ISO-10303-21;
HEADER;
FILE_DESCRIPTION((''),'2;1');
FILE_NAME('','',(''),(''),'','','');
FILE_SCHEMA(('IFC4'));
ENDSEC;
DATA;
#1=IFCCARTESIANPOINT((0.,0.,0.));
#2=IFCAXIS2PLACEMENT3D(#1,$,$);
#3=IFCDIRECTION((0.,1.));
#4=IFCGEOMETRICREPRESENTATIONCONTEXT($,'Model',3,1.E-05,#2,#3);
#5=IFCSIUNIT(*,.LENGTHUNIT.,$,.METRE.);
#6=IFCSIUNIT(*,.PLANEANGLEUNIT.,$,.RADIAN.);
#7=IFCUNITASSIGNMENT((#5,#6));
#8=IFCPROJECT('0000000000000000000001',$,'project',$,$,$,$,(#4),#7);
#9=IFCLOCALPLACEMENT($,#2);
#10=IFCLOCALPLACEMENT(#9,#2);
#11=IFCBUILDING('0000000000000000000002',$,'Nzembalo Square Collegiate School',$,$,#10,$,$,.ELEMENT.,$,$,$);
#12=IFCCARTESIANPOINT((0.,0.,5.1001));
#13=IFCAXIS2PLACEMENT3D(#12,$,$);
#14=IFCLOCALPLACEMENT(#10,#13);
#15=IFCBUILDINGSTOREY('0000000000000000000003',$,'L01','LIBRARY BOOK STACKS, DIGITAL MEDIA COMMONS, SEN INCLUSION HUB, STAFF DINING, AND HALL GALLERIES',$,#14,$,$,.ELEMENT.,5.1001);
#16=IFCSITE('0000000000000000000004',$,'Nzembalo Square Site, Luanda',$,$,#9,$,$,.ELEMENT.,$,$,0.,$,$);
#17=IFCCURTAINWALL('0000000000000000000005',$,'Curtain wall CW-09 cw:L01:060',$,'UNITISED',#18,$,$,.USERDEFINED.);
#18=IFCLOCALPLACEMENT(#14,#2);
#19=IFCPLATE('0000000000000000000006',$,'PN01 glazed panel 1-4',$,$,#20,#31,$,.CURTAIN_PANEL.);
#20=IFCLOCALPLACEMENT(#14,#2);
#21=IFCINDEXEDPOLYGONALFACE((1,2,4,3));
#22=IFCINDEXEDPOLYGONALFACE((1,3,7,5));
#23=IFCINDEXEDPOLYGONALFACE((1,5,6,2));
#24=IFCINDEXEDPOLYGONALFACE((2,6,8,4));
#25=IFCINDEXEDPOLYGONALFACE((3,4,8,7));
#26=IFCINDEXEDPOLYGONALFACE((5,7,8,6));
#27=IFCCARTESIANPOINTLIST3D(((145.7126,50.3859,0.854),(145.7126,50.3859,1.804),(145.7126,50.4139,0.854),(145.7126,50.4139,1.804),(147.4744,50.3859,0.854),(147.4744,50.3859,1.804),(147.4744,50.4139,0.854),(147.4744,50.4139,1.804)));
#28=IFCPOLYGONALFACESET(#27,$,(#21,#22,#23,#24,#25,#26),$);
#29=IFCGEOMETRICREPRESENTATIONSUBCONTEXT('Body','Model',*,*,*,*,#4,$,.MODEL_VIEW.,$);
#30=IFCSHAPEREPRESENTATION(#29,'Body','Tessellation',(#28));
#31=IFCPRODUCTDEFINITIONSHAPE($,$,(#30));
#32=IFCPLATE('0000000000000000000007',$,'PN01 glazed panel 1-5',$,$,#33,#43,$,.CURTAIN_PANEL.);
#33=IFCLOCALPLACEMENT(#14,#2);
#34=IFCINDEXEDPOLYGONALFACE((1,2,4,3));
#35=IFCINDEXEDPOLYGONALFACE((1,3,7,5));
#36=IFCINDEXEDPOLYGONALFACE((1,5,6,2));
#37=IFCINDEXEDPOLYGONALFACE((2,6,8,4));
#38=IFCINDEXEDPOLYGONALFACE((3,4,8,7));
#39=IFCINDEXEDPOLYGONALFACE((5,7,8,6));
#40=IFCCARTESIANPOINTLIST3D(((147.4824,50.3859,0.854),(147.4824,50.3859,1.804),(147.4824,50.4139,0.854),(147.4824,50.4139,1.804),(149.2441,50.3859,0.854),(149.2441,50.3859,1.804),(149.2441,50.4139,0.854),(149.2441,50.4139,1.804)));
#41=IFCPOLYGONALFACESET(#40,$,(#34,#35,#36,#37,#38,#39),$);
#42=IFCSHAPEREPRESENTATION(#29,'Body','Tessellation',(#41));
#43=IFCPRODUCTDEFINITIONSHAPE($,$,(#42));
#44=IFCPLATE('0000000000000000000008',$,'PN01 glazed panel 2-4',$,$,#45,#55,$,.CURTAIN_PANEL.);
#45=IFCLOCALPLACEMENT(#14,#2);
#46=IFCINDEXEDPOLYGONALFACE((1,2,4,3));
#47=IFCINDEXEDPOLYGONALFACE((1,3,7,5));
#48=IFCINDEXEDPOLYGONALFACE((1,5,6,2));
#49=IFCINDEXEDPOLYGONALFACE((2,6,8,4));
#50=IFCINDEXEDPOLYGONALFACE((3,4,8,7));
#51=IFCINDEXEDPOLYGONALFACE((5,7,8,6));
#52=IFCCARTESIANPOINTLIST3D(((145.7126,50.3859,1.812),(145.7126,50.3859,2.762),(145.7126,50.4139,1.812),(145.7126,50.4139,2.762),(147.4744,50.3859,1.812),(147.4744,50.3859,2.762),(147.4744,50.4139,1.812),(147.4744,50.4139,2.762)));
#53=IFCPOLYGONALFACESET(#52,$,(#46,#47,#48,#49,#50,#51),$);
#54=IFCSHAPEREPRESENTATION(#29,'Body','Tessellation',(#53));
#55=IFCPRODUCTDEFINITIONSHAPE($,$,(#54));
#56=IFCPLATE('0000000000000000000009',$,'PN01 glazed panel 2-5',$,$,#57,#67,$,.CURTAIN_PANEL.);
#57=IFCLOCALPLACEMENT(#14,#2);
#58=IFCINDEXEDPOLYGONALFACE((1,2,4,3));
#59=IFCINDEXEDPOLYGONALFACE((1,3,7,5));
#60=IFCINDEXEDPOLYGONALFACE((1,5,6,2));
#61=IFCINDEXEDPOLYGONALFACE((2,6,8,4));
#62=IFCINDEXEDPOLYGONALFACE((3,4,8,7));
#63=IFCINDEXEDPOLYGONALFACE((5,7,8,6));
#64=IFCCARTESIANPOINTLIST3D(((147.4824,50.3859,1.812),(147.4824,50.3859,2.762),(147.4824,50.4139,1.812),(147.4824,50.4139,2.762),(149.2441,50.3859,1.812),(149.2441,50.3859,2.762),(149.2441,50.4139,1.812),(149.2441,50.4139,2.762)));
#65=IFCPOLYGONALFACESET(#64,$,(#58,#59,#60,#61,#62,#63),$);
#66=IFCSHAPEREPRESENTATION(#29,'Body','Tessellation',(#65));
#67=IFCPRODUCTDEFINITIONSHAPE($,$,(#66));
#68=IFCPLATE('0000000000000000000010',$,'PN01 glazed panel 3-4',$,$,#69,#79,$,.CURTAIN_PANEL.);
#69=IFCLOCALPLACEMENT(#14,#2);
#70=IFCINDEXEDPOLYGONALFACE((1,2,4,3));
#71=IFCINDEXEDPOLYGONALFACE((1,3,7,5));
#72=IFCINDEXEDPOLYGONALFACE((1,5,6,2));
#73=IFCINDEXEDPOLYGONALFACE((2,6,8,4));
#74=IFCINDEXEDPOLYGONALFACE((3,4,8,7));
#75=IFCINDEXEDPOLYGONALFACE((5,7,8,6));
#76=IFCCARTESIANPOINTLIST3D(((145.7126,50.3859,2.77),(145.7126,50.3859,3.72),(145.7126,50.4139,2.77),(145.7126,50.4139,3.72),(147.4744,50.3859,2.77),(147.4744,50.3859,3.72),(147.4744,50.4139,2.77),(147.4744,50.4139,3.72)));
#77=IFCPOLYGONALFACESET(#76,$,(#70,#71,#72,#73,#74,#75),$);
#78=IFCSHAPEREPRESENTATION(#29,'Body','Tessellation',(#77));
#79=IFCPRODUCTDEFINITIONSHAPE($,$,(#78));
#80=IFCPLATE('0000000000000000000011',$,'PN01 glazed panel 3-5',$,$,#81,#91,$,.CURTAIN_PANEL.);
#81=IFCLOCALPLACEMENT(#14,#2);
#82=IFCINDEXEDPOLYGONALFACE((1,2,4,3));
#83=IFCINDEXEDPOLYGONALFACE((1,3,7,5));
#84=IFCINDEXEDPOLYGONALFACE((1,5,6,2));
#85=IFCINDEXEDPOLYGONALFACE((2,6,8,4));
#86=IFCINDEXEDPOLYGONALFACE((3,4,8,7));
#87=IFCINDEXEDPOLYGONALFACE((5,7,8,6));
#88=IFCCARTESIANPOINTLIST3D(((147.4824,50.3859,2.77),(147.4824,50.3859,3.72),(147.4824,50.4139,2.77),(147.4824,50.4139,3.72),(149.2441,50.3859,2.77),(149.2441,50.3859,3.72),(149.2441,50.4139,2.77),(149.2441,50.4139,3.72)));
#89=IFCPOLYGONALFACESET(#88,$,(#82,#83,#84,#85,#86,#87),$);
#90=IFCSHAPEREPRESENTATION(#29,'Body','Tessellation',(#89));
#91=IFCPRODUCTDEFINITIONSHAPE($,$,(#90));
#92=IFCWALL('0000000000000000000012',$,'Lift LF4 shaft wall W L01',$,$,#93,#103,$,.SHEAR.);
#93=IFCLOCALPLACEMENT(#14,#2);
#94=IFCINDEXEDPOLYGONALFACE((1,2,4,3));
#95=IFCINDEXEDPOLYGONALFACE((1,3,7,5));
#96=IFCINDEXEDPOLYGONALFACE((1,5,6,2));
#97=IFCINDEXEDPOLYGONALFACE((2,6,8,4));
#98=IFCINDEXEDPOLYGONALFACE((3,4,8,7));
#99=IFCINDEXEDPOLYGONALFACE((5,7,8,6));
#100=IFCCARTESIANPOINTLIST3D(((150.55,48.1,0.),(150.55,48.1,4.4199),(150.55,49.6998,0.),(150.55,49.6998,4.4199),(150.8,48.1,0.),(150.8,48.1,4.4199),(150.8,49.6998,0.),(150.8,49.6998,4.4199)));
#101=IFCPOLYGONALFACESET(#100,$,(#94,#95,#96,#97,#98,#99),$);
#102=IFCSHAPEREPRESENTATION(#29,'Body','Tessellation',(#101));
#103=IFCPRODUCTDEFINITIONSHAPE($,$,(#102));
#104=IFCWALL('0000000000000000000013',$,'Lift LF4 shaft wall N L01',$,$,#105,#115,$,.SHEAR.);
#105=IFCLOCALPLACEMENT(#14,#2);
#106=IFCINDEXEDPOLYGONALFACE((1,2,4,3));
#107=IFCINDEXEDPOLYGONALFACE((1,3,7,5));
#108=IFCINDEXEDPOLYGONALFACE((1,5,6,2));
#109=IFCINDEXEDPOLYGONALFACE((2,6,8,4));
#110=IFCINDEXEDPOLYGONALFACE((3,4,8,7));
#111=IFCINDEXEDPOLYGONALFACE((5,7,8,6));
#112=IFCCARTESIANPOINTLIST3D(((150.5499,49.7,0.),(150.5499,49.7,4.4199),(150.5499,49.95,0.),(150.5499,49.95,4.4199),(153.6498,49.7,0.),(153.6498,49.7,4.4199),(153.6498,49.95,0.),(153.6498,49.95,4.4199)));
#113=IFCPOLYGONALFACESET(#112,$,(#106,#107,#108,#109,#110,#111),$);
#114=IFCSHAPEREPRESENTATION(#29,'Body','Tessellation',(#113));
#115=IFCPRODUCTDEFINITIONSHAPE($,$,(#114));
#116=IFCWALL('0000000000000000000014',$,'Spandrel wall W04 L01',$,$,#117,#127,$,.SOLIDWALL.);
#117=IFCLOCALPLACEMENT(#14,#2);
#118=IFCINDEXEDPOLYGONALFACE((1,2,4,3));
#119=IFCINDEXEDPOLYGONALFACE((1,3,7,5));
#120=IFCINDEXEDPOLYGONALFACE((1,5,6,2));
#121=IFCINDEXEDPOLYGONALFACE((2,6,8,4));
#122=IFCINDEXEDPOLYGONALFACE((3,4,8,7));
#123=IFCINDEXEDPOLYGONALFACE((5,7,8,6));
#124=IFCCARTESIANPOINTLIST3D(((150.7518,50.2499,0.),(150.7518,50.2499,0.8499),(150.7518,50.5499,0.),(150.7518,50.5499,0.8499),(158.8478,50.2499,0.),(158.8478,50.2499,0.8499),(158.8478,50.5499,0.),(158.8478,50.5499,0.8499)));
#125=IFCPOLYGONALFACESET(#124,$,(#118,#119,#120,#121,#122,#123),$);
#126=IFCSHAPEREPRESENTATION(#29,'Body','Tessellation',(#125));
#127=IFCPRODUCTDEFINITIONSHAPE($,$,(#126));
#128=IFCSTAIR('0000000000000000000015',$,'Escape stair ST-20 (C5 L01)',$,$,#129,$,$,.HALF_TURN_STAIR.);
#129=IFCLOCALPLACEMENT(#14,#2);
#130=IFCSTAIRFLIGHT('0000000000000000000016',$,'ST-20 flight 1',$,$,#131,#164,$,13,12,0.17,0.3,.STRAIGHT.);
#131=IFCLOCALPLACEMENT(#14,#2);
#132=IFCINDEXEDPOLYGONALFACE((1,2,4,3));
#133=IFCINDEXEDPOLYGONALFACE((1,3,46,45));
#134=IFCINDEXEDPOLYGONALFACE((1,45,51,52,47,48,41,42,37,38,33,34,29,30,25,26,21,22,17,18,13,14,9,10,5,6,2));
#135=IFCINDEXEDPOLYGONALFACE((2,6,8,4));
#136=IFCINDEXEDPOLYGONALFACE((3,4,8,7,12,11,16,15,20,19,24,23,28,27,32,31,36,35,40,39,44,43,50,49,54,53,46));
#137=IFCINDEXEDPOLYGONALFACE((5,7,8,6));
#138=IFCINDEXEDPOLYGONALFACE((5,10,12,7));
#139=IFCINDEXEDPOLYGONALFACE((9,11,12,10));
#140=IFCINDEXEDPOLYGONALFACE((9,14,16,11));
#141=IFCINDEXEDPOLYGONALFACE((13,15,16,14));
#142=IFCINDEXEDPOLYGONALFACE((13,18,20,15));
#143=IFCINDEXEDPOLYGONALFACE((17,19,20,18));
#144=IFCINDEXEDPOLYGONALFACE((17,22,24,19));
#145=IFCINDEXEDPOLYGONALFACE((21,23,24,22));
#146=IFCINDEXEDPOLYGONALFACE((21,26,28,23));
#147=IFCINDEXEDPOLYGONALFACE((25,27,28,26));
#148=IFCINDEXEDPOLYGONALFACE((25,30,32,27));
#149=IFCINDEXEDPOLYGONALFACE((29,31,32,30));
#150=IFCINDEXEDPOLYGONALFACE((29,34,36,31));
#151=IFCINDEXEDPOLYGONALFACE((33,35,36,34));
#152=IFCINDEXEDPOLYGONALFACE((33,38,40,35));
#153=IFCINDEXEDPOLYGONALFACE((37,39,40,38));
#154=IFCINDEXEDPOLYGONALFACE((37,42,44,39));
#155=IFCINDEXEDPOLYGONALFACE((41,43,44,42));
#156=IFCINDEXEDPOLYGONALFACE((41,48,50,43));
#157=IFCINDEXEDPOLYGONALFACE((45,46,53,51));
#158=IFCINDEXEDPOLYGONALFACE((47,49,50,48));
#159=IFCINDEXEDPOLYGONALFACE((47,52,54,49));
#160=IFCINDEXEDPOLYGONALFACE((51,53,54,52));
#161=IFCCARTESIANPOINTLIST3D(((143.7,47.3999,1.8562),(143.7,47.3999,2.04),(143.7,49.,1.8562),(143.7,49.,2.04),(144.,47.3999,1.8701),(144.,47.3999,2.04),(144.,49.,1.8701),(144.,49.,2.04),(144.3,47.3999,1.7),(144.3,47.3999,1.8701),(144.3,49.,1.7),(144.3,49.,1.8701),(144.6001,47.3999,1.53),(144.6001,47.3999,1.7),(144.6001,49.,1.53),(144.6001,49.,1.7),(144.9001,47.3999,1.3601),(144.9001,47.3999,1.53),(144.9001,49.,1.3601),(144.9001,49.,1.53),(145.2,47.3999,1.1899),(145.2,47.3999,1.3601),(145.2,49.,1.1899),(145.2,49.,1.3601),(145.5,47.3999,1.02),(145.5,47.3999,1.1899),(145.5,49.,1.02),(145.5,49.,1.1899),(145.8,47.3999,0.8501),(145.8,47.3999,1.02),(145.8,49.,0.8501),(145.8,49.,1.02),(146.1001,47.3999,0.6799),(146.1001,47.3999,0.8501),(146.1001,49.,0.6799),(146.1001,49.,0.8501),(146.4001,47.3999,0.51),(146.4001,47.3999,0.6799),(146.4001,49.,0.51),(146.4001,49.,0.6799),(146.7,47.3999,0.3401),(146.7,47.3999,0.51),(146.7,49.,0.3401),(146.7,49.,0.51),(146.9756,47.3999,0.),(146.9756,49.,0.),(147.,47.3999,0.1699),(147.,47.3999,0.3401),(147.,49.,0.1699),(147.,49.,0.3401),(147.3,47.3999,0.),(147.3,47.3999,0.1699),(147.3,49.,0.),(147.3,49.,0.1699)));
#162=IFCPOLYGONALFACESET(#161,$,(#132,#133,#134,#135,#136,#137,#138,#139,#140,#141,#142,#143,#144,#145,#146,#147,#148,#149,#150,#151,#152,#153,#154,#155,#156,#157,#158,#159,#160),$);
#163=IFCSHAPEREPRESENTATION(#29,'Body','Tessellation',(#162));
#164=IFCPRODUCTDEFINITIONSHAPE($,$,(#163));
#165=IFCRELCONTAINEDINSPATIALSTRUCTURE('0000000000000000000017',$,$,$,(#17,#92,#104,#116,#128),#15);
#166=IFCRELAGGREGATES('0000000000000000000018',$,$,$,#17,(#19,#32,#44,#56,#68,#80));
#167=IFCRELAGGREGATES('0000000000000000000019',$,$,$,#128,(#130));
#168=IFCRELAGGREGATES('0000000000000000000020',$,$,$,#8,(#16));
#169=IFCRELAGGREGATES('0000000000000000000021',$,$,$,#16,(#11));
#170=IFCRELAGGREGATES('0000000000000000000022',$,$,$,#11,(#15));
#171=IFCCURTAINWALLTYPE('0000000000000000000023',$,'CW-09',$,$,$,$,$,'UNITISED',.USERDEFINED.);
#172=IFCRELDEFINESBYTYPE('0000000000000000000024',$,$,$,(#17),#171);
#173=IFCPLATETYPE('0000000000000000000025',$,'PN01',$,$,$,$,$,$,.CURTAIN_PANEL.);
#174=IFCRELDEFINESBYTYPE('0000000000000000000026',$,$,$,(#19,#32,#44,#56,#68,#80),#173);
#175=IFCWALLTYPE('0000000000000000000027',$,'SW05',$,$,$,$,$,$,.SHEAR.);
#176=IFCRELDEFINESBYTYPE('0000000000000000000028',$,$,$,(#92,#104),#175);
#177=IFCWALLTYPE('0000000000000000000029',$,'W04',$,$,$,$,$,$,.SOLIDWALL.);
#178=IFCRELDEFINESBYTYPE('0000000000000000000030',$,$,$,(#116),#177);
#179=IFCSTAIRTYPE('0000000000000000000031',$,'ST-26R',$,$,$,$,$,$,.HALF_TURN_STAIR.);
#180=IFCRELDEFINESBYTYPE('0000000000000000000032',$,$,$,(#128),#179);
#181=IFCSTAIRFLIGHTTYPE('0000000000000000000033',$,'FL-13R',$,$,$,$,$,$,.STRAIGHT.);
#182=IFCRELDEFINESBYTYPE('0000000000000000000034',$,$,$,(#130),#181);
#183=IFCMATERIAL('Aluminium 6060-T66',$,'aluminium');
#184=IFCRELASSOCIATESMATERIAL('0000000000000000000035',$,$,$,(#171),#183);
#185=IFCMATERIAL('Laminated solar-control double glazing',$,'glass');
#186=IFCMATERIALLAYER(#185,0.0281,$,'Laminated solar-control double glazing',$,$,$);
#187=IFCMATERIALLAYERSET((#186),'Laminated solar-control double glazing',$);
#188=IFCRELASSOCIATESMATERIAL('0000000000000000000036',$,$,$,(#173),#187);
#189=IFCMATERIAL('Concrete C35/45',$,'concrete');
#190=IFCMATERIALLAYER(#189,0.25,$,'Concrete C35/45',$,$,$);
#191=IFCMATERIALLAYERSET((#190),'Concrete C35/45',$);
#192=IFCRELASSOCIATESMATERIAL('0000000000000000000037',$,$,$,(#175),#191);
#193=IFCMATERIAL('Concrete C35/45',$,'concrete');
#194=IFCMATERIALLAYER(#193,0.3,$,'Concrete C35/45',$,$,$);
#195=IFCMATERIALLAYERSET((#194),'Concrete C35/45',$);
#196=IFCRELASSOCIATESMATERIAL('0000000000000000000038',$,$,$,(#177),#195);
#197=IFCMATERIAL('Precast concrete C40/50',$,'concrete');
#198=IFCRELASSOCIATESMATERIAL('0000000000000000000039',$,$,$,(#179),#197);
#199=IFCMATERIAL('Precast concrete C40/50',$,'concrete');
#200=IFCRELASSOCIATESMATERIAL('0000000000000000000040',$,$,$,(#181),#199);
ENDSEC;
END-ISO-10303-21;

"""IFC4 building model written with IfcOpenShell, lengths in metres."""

from ifc_helpers import new_model, si_unit, direction, frame, frame_2d, origin, origin_2d, place, context, subcontext, project, spatial, polyline, rectangle, outline, extrude, material, layer, layer_set, type_object, element, aggregate, save


model = new_model("IFC4")

# Units and contexts
model_context = context("Model", 3, precision=1e-05, world=origin(), true_north=direction((0.0, 1.0)))
body_context = subcontext(model_context, "Body", "Model", "MODEL_VIEW")
ifc_project = project(units=[si_unit("LENGTHUNIT", "METRE"), si_unit("PLANEANGLEUNIT", "RADIAN")], contexts=[model_context])

# Site, building, storey
site_placement = place(None, origin())
site = spatial("IfcSite", under=ifc_project, at=site_placement, Name="Nzembalo Square Site, Luanda", CompositionType="ELEMENT", RefElevation=0.0)
building_placement = place(site_placement, origin())
building = spatial("IfcBuilding", under=site, at=building_placement, Name="Nzembalo Square Collegiate School", CompositionType="ELEMENT")
storey_placement = place(building_placement, frame((0.0, 0.0, 5.1001)))
storey = spatial("IfcBuildingStorey", under=building, at=storey_placement, Name="L01", Description="LIBRARY BOOK STACKS, DIGITAL MEDIA COMMONS, SEN INCLUSION HUB, STAFF DINING, AND HALL GALLERIES", CompositionType="ELEMENT", Elevation=5.1001)

# Curtain wall
ifc_material_1 = material(Name="Aluminium 6060-T66", Category="aluminium")
curtain_wall_type_1 = type_object("IfcCurtainWallType", Name="CW-09", ElementType="UNITISED", PredefinedType="USERDEFINED", material=ifc_material_1)
curtain_wall_1_placement = place(storey_placement, origin())
curtain_wall_1 = element("IfcCurtainWall", 1, at=curtain_wall_1_placement, inside=storey, type_object=curtain_wall_type_1, Name="Curtain wall CW-09 cw:L01:060", ObjectType="UNITISED", PredefinedType="USERDEFINED")

# Plates
ifc_material_2 = material(Name="Laminated solar-control double glazing", Category="glass")
ifc_layer_1 = layer(ifc_material_2, 0.0281, Name="Laminated solar-control double glazing")
ifc_layer_set_1 = layer_set([ifc_layer_1], Name="Laminated solar-control double glazing")
plate_type = type_object("IfcPlateType", Name="PN01", PredefinedType="CURTAIN_PANEL", material=ifc_layer_set_1)
plate_1_placement = place(storey_placement, frame((146.5935, 50.3999, 0.854), z_axis=(0.0, 0.0, 1.0), x_axis=(1.0, 0.0, 0.0)))
plate_1 = element("IfcPlate", 2, at=plate_1_placement, type_object=plate_type, Name="PN01 glazed panel 1-4", PredefinedType="CURTAIN_PANEL", context=body_context, shape_type="SweptSolid", body=[
    extrude(rectangle(XDim=1.7617, YDim=0.0281, at=origin_2d()), origin(), (0.0, 0.0, 1.0), 0.95),
])
plate_2_placement = place(storey_placement, frame((148.3633, 50.3999, 0.854), z_axis=(0.0, 0.0, 1.0), x_axis=(1.0, 0.0, 0.0)))
plate_2 = element("IfcPlate", 3, at=plate_2_placement, type_object=plate_type, Name="PN01 glazed panel 1-5", PredefinedType="CURTAIN_PANEL", context=body_context, shape_type="SweptSolid", body=[
    extrude(rectangle(XDim=1.7617, YDim=0.0281, at=origin_2d()), origin(), (0.0, 0.0, 1.0), 0.95),
])
plate_3_placement = place(storey_placement, frame((146.5935, 50.3999, 1.812), z_axis=(0.0, 0.0, 1.0), x_axis=(1.0, 0.0, 0.0)))
plate_3 = element("IfcPlate", 4, at=plate_3_placement, type_object=plate_type, Name="PN01 glazed panel 2-4", PredefinedType="CURTAIN_PANEL", context=body_context, shape_type="SweptSolid", body=[
    extrude(rectangle(XDim=1.7617, YDim=0.0281, at=origin_2d()), origin(), (0.0, 0.0, 1.0), 0.95),
])
plate_4_placement = place(storey_placement, frame((148.3633, 50.3999, 1.812), z_axis=(0.0, 0.0, 1.0), x_axis=(1.0, 0.0, 0.0)))
plate_4 = element("IfcPlate", 5, at=plate_4_placement, type_object=plate_type, Name="PN01 glazed panel 2-5", PredefinedType="CURTAIN_PANEL", context=body_context, shape_type="SweptSolid", body=[
    extrude(rectangle(XDim=1.7617, YDim=0.0281, at=origin_2d()), origin(), (0.0, 0.0, 1.0), 0.95),
])
plate_5_placement = place(storey_placement, frame((146.5935, 50.3999, 2.77), z_axis=(0.0, 0.0, 1.0), x_axis=(1.0, 0.0, 0.0)))
plate_5 = element("IfcPlate", 6, at=plate_5_placement, type_object=plate_type, Name="PN01 glazed panel 3-4", PredefinedType="CURTAIN_PANEL", context=body_context, shape_type="SweptSolid", body=[
    extrude(rectangle(XDim=1.7617, YDim=0.0281, at=origin_2d()), origin(), (0.0, 0.0, 1.0), 0.95),
])
plate_6_placement = place(storey_placement, frame((148.3633, 50.3999, 2.77), z_axis=(0.0, 0.0, 1.0), x_axis=(1.0, 0.0, 0.0)))
plate_6 = element("IfcPlate", 7, at=plate_6_placement, type_object=plate_type, Name="PN01 glazed panel 3-5", PredefinedType="CURTAIN_PANEL", context=body_context, shape_type="SweptSolid", body=[
    extrude(rectangle(XDim=1.7617, YDim=0.0281, at=origin_2d()), origin(), (0.0, 0.0, 1.0), 0.95),
])
aggregate(curtain_wall_1, [plate_1, plate_2, plate_3, plate_4, plate_5, plate_6])

# Walls
ifc_material_3 = material(Name="Concrete C35/45", Category="concrete")
ifc_layer_2 = layer(ifc_material_3, 0.25, Name="Concrete C35/45")
ifc_layer_set_2 = layer_set([ifc_layer_2], Name="Concrete C35/45")
wall_type_1 = type_object("IfcWallType", Name="SW05", PredefinedType="SHEAR", material=ifc_layer_set_2)
wall_1_placement = place(storey_placement, frame((150.675, 48.1001, 0.0), z_axis=(0.0, 0.0, 1.0), x_axis=(0.0, 1.0, 0.0)))
element("IfcWall", 8, at=wall_1_placement, inside=storey, type_object=wall_type_1, Name="Lift LF4 shaft wall W L01", PredefinedType="SHEAR", context=body_context, shape_type="SweptSolid", body=[
    extrude(rectangle(XDim=1.5999, YDim=0.25, at=frame_2d((0.7998, 0.0))), origin(), (0.0, 0.0, 1.0), 4.4199),
])
wall_2_placement = place(storey_placement, frame((150.55, 49.825, 0.0), z_axis=(0.0, 0.0, 1.0), x_axis=(1.0, 0.0, 0.0)))
element("IfcWall", 9, at=wall_2_placement, inside=storey, type_object=wall_type_1, Name="Lift LF4 shaft wall N L01", PredefinedType="SHEAR", context=body_context, shape_type="SweptSolid", body=[
    extrude(rectangle(XDim=3.0999, YDim=0.25, at=frame_2d((1.5498, 0.0))), origin(), (0.0, 0.0, 1.0), 4.4199),
])

# Wall
ifc_material_4 = material(Name="Concrete C35/45", Category="concrete")
ifc_layer_3 = layer(ifc_material_4, 0.3, Name="Concrete C35/45")
ifc_layer_set_3 = layer_set([ifc_layer_3], Name="Concrete C35/45")
wall_type_2 = type_object("IfcWallType", Name="W04", PredefinedType="SOLIDWALL", material=ifc_layer_set_3)
wall_3_placement = place(storey_placement, frame((150.752, 50.3999, 0.0), z_axis=(0.0, 0.0, 1.0), x_axis=(1.0, 0.0, 0.0)))
element("IfcWall", 10, at=wall_3_placement, inside=storey, type_object=wall_type_2, Name="Spandrel wall W04 L01", PredefinedType="SOLIDWALL", context=body_context, shape_type="SweptSolid", body=[
    extrude(rectangle(XDim=8.0959, YDim=0.3, at=frame_2d((4.0479, 0.0))), origin(), (0.0, 0.0, 1.0), 0.8499),
])

# Stair, stair flight
ifc_material_5 = material(Name="Precast concrete C40/50", Category="concrete")
stair_type = type_object("IfcStairType", Name="ST-26R", PredefinedType="HALF_TURN_STAIR", material=ifc_material_5)
stair_placement = place(storey_placement, origin())
stair = element("IfcStair", 11, at=stair_placement, inside=storey, type_object=stair_type, Name="Escape stair ST-20 (C5 L01)", PredefinedType="HALF_TURN_STAIR")
ifc_material_6 = material(Name="Precast concrete C40/50", Category="concrete")
stair_flight_type = type_object("IfcStairFlightType", Name="FL-13R", PredefinedType="STRAIGHT", material=ifc_material_6)
stair_flight_placement = place(storey_placement, frame((147.3, 48.2, 0.0), z_axis=(0.0, 0.0, 1.0), x_axis=(-1.0, 0.0, 0.0)))
stair_flight = element("IfcStairFlight", 12, at=stair_flight_placement, type_object=stair_flight_type, Name="ST-20 flight 1", NumberOfRisers=13, NumberOfTreads=12, PredefinedType="STRAIGHT", RiserHeight=0.17, TreadLength=0.3, context=body_context, shape_type="SweptSolid", body=[
    extrude(outline(polyline([(0.0, 0.0), (0.0, 0.1699), (0.3, 0.1699), (0.3, 0.3401), (0.6001, 0.3401), (0.6001, 0.51), (0.8999, 0.51), (0.8999, 0.6799), (1.2, 0.6799), (1.2, 0.8501), (1.5, 0.8501), (1.5, 1.02), (1.8, 1.02), (1.8, 1.1899), (2.1001, 1.1899), (2.1001, 1.3601), (2.3999, 1.3601), (2.3999, 1.53), (2.7, 1.53), (2.7, 1.7), (3.0, 1.7), (3.0, 1.8701), (3.3, 1.8701), (3.3, 2.04), (3.6001, 2.04), (3.6001, 2.21), (3.6001, 1.8562), (0.3245, 0.0), (0.0, 0.0)])), frame((0.0, 0.8, 0.0), z_axis=(0.0, -1.0, 0.0), x_axis=(1.0, 0.0, 0.0)), (0.0, 0.0, 1.0), 1.6001),
])
aggregate(stair, [stair_flight])

save(model, "model.ifc")
